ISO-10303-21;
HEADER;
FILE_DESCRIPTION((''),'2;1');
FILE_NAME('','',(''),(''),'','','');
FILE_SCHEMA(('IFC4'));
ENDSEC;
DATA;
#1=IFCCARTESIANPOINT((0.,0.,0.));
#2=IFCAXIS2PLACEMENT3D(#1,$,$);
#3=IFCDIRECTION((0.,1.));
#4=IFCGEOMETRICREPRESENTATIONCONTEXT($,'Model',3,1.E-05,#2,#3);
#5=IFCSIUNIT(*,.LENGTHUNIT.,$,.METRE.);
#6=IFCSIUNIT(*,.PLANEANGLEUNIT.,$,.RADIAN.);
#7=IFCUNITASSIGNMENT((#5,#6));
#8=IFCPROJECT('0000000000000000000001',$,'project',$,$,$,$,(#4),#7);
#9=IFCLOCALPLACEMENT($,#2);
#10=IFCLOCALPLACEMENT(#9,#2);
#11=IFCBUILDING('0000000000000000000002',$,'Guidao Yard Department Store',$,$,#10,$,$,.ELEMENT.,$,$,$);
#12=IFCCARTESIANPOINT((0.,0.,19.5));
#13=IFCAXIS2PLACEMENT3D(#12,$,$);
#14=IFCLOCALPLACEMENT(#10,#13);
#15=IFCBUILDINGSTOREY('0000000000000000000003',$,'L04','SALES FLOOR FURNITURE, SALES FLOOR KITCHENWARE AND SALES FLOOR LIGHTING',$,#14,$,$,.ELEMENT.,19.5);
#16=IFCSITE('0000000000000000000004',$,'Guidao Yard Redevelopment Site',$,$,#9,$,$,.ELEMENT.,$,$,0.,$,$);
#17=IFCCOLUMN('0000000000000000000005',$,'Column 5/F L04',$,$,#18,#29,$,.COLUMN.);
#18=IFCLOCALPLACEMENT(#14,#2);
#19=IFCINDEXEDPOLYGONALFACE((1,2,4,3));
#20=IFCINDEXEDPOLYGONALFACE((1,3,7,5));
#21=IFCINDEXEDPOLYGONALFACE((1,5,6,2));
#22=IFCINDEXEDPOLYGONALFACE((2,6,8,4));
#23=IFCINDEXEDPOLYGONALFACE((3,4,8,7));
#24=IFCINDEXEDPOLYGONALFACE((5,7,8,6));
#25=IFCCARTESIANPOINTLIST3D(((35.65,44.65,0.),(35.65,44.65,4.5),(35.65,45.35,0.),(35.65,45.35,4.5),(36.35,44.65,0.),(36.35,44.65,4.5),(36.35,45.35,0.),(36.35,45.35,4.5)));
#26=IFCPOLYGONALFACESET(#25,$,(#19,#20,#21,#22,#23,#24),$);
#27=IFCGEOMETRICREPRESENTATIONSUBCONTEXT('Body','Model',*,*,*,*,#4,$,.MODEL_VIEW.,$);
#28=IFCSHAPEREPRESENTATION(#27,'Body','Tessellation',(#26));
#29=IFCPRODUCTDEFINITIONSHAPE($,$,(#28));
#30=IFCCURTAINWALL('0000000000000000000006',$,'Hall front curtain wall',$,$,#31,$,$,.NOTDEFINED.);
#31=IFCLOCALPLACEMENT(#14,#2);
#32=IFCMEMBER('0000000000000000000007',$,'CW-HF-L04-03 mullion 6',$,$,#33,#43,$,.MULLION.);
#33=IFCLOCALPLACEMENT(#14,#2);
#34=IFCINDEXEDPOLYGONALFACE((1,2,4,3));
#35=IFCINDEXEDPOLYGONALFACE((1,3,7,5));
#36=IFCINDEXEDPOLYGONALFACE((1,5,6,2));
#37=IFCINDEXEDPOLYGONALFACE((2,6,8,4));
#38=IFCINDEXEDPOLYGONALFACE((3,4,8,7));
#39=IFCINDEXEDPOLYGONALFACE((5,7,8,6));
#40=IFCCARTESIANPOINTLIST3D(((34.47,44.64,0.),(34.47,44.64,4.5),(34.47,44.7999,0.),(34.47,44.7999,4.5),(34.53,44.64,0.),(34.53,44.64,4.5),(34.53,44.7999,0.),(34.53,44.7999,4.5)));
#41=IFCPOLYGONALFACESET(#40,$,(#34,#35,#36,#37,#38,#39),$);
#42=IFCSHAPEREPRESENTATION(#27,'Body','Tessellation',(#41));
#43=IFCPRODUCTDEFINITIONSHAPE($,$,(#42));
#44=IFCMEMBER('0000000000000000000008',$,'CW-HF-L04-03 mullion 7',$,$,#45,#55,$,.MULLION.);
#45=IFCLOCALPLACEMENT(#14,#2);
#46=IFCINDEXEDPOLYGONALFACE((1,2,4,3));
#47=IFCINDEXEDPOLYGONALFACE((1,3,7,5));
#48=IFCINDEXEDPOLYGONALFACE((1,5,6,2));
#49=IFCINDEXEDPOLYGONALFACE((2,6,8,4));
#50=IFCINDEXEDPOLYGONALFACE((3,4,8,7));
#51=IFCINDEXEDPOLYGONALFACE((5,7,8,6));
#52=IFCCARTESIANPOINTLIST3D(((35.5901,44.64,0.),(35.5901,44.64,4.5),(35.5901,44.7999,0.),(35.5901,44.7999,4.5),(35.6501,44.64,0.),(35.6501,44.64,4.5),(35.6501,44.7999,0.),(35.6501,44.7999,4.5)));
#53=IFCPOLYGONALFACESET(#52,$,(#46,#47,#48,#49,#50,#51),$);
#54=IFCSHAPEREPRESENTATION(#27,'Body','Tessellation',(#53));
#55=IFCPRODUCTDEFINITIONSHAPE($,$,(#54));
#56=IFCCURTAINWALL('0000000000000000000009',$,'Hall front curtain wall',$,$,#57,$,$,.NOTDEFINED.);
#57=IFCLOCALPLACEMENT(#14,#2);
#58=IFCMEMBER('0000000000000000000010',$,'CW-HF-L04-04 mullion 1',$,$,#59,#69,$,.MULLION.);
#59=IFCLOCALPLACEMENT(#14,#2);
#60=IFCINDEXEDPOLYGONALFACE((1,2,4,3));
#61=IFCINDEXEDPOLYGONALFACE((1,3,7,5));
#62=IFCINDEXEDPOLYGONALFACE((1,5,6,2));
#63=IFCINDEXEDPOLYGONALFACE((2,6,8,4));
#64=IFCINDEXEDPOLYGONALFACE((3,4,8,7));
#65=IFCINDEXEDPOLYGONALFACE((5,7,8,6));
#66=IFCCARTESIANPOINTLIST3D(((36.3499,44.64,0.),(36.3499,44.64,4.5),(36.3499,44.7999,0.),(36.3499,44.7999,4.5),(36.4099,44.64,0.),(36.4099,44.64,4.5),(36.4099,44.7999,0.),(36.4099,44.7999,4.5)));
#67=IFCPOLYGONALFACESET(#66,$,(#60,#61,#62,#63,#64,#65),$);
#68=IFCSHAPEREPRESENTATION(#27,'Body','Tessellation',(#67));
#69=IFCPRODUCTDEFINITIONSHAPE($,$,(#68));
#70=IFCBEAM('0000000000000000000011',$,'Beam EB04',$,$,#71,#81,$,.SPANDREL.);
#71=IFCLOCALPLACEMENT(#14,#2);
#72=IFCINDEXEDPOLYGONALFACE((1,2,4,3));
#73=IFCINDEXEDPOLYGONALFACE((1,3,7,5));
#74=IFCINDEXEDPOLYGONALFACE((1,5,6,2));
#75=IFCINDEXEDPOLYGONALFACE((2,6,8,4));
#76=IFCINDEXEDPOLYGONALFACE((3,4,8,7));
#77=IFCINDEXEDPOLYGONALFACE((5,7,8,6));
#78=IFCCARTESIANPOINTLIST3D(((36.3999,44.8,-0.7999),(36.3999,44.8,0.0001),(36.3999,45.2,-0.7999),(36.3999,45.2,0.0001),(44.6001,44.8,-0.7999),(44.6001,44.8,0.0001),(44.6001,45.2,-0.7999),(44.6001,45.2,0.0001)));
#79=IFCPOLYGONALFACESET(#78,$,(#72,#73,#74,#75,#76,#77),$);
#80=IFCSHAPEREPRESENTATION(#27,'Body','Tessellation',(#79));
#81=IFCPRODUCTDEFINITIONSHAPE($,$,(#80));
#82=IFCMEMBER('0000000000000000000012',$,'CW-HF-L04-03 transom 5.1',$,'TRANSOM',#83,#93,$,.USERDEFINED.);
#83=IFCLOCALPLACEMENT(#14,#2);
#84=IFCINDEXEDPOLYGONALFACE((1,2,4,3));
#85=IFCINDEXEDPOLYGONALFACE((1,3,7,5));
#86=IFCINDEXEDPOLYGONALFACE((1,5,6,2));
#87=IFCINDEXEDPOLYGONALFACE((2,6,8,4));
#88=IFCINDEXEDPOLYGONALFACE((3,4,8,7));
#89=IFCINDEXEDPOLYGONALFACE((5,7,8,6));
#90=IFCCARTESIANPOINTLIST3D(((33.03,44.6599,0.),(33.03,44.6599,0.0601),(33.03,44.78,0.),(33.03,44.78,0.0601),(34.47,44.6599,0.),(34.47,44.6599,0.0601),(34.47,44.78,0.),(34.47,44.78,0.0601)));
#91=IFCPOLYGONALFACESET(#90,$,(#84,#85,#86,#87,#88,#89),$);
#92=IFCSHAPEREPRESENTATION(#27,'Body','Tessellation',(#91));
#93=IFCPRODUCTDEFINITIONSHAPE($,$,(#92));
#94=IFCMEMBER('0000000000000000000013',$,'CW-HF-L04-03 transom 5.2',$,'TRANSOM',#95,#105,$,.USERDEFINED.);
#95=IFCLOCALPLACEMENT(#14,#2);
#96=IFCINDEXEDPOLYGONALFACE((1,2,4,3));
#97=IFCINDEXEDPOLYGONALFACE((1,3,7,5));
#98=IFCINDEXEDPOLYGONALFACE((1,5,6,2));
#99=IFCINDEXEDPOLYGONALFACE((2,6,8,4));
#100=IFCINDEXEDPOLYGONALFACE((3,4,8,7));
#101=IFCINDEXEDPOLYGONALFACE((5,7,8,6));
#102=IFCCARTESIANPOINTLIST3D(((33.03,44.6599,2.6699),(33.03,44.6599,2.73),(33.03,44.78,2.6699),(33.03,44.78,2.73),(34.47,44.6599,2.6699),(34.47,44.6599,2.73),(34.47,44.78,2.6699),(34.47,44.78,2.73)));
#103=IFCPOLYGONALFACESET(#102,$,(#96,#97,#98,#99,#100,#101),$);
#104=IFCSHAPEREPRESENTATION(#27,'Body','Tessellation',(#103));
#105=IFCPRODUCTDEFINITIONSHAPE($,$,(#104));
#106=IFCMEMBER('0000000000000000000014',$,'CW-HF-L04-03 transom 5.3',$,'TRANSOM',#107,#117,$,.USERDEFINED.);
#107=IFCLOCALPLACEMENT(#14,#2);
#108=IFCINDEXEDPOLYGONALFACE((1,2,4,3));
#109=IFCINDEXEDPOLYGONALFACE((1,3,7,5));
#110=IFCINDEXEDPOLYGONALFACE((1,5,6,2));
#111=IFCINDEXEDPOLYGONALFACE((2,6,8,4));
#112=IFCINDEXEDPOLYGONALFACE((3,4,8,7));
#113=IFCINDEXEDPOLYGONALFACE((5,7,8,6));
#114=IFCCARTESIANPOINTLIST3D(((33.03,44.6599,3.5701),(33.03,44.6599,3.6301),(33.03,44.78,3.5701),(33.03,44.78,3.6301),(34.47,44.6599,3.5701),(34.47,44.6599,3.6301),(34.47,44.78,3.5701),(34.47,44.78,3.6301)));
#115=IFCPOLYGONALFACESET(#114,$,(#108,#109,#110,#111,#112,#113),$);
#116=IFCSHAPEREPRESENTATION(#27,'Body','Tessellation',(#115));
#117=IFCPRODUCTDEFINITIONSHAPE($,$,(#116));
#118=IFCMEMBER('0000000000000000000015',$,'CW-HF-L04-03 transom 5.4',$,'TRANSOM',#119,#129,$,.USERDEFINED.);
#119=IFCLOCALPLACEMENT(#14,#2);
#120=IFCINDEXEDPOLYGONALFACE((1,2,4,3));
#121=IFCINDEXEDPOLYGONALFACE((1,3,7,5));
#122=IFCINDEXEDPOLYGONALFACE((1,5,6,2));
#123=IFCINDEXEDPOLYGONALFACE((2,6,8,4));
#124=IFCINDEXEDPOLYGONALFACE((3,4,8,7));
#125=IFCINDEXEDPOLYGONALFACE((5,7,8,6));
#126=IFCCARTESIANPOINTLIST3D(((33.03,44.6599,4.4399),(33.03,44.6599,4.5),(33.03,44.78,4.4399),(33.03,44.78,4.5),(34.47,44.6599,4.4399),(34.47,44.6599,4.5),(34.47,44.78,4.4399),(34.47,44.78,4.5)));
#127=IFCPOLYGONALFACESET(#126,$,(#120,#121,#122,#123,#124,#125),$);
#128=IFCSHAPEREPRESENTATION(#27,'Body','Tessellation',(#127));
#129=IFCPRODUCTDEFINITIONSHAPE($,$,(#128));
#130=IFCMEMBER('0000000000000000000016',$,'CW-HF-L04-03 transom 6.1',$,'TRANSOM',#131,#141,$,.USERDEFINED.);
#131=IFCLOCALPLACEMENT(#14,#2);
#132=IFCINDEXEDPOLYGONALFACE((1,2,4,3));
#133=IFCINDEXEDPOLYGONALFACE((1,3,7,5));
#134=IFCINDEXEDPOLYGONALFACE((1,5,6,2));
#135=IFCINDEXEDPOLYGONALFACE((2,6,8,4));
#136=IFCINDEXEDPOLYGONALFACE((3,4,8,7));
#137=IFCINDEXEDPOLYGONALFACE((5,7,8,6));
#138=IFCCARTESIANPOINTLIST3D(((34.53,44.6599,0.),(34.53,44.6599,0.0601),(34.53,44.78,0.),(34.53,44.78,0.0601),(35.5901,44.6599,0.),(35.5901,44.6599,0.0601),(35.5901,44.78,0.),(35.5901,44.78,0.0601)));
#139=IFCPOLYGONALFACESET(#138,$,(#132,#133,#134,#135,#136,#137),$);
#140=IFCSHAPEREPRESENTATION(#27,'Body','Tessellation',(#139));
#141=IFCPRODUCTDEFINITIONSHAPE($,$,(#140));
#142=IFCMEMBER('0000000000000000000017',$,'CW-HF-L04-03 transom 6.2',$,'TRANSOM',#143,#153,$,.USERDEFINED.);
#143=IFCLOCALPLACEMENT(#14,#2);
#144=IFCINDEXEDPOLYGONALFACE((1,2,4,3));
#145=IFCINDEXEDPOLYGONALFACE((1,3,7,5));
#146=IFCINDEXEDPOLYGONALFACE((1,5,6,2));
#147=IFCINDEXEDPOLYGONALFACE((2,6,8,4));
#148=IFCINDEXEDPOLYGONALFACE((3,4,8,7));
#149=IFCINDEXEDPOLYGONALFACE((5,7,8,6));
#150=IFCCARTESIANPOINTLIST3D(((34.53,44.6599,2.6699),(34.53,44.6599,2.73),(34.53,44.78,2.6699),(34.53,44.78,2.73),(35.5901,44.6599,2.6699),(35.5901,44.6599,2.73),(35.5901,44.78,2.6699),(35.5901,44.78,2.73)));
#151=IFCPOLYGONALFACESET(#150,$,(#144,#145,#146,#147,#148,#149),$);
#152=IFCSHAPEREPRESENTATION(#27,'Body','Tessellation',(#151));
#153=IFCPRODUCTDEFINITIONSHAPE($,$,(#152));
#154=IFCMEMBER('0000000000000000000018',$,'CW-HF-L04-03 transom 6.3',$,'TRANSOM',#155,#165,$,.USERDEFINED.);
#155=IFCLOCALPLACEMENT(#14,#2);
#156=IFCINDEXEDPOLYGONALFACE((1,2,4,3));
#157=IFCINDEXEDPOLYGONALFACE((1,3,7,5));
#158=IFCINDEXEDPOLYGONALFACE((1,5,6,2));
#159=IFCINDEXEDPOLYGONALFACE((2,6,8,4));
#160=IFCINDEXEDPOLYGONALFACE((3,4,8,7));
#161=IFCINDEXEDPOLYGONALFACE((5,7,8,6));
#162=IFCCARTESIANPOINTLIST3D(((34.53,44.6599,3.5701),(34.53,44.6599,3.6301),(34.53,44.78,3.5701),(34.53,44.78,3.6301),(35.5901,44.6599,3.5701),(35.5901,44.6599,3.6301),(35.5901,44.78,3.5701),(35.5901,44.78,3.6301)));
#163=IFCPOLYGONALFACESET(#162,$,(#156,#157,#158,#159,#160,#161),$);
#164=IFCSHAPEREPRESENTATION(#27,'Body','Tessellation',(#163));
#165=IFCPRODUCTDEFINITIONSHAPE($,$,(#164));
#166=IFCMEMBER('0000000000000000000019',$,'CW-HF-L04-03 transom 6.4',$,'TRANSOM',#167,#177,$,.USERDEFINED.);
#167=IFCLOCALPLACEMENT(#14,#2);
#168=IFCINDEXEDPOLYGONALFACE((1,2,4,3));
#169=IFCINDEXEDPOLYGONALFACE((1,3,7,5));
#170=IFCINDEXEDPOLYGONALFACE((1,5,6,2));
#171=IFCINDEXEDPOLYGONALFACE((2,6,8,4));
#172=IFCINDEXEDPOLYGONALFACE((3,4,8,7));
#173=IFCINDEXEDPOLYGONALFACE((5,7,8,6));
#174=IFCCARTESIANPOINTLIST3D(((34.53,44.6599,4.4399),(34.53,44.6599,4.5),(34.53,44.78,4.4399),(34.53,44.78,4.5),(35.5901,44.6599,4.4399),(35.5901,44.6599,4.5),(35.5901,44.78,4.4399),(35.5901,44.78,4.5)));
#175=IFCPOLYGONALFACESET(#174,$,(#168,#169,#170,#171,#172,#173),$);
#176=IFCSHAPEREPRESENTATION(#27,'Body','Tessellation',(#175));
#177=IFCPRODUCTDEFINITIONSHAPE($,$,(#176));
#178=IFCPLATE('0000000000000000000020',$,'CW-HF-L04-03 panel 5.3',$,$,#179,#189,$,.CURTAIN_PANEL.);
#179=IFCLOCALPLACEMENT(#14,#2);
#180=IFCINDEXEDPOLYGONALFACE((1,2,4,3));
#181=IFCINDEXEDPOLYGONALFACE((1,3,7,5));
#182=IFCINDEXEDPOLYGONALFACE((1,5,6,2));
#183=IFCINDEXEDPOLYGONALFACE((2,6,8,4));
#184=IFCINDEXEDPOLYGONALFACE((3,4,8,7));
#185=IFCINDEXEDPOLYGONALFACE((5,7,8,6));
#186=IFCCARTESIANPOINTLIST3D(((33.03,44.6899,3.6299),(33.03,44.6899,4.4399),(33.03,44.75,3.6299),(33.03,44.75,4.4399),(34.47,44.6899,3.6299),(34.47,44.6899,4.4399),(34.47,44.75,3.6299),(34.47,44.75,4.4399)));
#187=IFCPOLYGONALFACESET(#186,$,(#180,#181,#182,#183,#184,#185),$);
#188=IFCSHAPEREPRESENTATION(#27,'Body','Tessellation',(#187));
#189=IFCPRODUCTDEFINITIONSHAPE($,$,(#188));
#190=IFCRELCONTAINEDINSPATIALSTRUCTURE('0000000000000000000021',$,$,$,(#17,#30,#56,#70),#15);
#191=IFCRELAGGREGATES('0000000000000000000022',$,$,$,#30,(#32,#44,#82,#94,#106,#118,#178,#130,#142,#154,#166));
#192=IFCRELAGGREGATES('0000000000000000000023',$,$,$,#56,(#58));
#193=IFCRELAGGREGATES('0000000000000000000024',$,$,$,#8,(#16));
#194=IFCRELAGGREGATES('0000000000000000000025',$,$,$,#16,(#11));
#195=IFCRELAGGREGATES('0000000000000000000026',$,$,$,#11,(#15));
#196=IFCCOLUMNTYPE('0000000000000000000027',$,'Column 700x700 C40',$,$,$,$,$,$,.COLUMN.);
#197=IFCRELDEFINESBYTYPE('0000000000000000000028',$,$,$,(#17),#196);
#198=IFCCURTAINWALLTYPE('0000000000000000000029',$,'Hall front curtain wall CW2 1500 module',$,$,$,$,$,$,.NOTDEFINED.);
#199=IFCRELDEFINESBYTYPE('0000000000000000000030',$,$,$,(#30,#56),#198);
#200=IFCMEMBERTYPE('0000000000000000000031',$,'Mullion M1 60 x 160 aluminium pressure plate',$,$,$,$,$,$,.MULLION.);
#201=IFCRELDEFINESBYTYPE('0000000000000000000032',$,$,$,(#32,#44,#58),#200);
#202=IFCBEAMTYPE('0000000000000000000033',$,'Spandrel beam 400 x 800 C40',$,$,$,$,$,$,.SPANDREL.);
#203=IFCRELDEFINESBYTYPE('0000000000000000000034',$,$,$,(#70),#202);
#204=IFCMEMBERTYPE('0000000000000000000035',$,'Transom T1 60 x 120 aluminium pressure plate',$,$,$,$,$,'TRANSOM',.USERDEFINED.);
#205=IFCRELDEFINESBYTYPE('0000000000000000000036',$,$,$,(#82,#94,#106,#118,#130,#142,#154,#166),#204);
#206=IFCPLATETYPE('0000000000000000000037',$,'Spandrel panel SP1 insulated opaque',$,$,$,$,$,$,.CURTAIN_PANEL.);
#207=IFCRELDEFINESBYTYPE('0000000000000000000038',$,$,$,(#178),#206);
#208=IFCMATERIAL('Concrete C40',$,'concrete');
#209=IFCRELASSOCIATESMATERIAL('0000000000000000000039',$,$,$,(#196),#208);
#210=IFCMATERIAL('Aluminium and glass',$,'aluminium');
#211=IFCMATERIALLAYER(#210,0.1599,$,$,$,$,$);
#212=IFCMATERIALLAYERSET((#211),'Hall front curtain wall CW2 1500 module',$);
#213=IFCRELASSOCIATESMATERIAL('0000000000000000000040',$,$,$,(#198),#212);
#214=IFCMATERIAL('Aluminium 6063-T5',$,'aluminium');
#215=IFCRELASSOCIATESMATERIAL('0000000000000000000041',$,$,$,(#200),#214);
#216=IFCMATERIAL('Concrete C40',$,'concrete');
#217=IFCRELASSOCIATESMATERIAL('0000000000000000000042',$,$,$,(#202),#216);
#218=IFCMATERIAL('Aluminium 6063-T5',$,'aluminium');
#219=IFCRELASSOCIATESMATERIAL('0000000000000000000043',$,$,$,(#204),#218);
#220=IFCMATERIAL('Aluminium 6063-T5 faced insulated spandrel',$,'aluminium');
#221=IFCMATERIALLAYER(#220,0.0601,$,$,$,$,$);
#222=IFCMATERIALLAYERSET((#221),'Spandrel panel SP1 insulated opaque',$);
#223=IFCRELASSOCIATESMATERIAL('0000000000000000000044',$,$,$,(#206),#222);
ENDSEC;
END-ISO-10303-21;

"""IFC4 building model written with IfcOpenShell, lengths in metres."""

from ifc_helpers import new_model, si_unit, direction, frame, origin, origin_2d, place, context, subcontext, project, spatial, rectangle, extrude, material, layer, layer_set, material_profile, profile_set, type_object, element, aggregate, save


model = new_model("IFC4")

# Units and contexts
model_context = context("Model", 3, precision=1e-05, world=origin(), true_north=direction((0.0, 1.0)))
body_context = subcontext(model_context, "Body", "Model", "MODEL_VIEW")
ifc_project = project(units=[si_unit("LENGTHUNIT", "METRE"), si_unit("PLANEANGLEUNIT", "RADIAN")], contexts=[model_context])

# Site, building, storey
site_placement = place(None, origin())
site = spatial("IfcSite", under=ifc_project, at=site_placement, Name="Guidao Yard Redevelopment Site", CompositionType="ELEMENT", RefElevation=0.0)
building_placement = place(site_placement, origin())
building = spatial("IfcBuilding", under=site, at=building_placement, Name="Guidao Yard Department Store", CompositionType="ELEMENT")
storey_placement = place(building_placement, frame((0.0, 0.0, 19.5)))
storey = spatial("IfcBuildingStorey", under=building, at=storey_placement, Name="L04", Description="SALES FLOOR FURNITURE, SALES FLOOR KITCHENWARE AND SALES FLOOR LIGHTING", CompositionType="ELEMENT", Elevation=19.5)

# Column
ifc_material_1 = material(Name="Concrete C40", Category="concrete")
ifc_material_profile_1 = material_profile(ifc_material_1, rectangle(XDim=0.7, YDim=0.7, at=origin_2d()), Name="COL 700x700")
ifc_profile_set_1 = profile_set([ifc_material_profile_1], Name="Concrete C40")
column_type = type_object("IfcColumnType", Name="Column 700x700 C40", PredefinedType="COLUMN", material=ifc_profile_set_1)
column_placement = place(storey_placement, frame((36.0, 45.0, 0.0), z_axis=(0.0, 0.0, 1.0), x_axis=(1.0, 0.0, 0.0)))
element("IfcColumn", 1, at=column_placement, inside=storey, type_object=column_type, Name="Column 5/F L04", PredefinedType="COLUMN", context=body_context, shape_type="SweptSolid", body=[
    extrude(rectangle(XDim=0.7, YDim=0.7, at=origin_2d()), origin(), (0.0, 0.0, 1.0), 4.5),
])

# Curtain wall, members
ifc_material_2 = material(Name="Aluminium and glass", Category="aluminium")
ifc_layer_1 = layer(ifc_material_2, 0.1599)
ifc_layer_set_1 = layer_set([ifc_layer_1], Name="Hall front curtain wall CW2 1500 module")
curtain_wall_type = type_object("IfcCurtainWallType", Name="Hall front curtain wall CW2 1500 module", PredefinedType="NOTDEFINED", material=ifc_layer_set_1)
curtain_wall_1_placement = place(storey_placement, origin())
curtain_wall_1 = element("IfcCurtainWall", 2, at=curtain_wall_1_placement, inside=storey, type_object=curtain_wall_type, Name="Hall front curtain wall", PredefinedType="NOTDEFINED")
ifc_material_3 = material(Name="Aluminium 6063-T5", Category="aluminium")
ifc_material_profile_2 = material_profile(ifc_material_3, rectangle(XDim=0.0601, YDim=0.1599, at=origin_2d()), Name="Mullion M1 60 x 160 aluminium pressure plate")
ifc_profile_set_2 = profile_set([ifc_material_profile_2], Name="Aluminium 6063-T5")
member_type_1 = type_object("IfcMemberType", Name="Mullion M1 60 x 160 aluminium pressure plate", PredefinedType="MULLION", material=ifc_profile_set_2)
member_1_placement = place(storey_placement, frame((34.5, 44.72, 0.0), z_axis=(0.0, 0.0, 1.0), x_axis=(-1.0, 0.0, 0.0)))
member_1 = element("IfcMember", 3, at=member_1_placement, type_object=member_type_1, Name="CW-HF-L04-03 mullion 6", PredefinedType="MULLION", context=body_context, shape_type="SweptSolid", body=[
    extrude(rectangle(XDim=0.0601, YDim=0.1599, at=origin_2d()), origin(), (0.0, 0.0, 1.0), 4.5),
])
member_2_placement = place(storey_placement, frame((35.6201, 44.72, 0.0), z_axis=(0.0, 0.0, 1.0), x_axis=(-1.0, 0.0, 0.0)))
member_2 = element("IfcMember", 4, at=member_2_placement, type_object=member_type_1, Name="CW-HF-L04-03 mullion 7", PredefinedType="MULLION", context=body_context, shape_type="SweptSolid", body=[
    extrude(rectangle(XDim=0.0601, YDim=0.1599, at=origin_2d()), origin(), (0.0, 0.0, 1.0), 4.5),
])

# Curtain wall, member
curtain_wall_2_placement = place(storey_placement, origin())
curtain_wall_2 = element("IfcCurtainWall", 5, at=curtain_wall_2_placement, inside=storey, type_object=curtain_wall_type, Name="Hall front curtain wall", PredefinedType="NOTDEFINED")
member_3_placement = place(storey_placement, frame((36.3799, 44.72, 0.0), z_axis=(0.0, 0.0, 1.0), x_axis=(-1.0, 0.0, 0.0)))
member_3 = element("IfcMember", 6, at=member_3_placement, type_object=member_type_1, Name="CW-HF-L04-04 mullion 1", PredefinedType="MULLION", context=body_context, shape_type="SweptSolid", body=[
    extrude(rectangle(XDim=0.0601, YDim=0.1599, at=origin_2d()), origin(), (0.0, 0.0, 1.0), 4.5),
])

# Beam
ifc_material_4 = material(Name="Concrete C40", Category="concrete")
ifc_material_profile_3 = material_profile(ifc_material_4, rectangle(XDim=0.3999, YDim=0.8, at=origin_2d()), Name="Spandrel beam 400 x 800 C40")
ifc_profile_set_3 = profile_set([ifc_material_profile_3], Name="Concrete C40")
beam_type = type_object("IfcBeamType", Name="Spandrel beam 400 x 800 C40", PredefinedType="SPANDREL", material=ifc_profile_set_3)
beam_placement = place(storey_placement, frame((36.3999, 45.0, -0.3999), z_axis=(1.0, 0.0, 0.0), x_axis=(0.0, 1.0, 0.0)))
element("IfcBeam", 7, at=beam_placement, inside=storey, type_object=beam_type, Name="Beam EB04", PredefinedType="SPANDREL", context=body_context, shape_type="SweptSolid", body=[
    extrude(rectangle(XDim=0.3999, YDim=0.8, at=origin_2d()), origin(), (0.0, 0.0, 1.0), 8.2002),
])

# Members
ifc_material_5 = material(Name="Aluminium 6063-T5", Category="aluminium")
ifc_material_profile_4 = material_profile(ifc_material_5, rectangle(XDim=0.1201, YDim=0.0601, at=origin_2d()), Name="Transom T1 60 x 120 aluminium pressure plate")
ifc_profile_set_4 = profile_set([ifc_material_profile_4], Name="Aluminium 6063-T5")
member_type_2 = type_object("IfcMemberType", Name="Transom T1 60 x 120 aluminium pressure plate", ElementType="TRANSOM", PredefinedType="USERDEFINED", material=ifc_profile_set_4)
member_4_placement = place(storey_placement, frame((34.47, 44.72, 0.03), z_axis=(-1.0, 0.0, 0.0), x_axis=(0.0, -1.0, 0.0)))
member_4 = element("IfcMember", 8, at=member_4_placement, type_object=member_type_2, Name="CW-HF-L04-03 transom 5.1", ObjectType="TRANSOM", PredefinedType="USERDEFINED", context=body_context, shape_type="SweptSolid", body=[
    extrude(rectangle(XDim=0.1201, YDim=0.0601, at=origin_2d()), origin(), (0.0, 0.0, 1.0), 1.4399),
])
member_5_placement = place(storey_placement, frame((34.47, 44.72, 2.7), z_axis=(-1.0, 0.0, 0.0), x_axis=(0.0, -1.0, 0.0)))
member_5 = element("IfcMember", 9, at=member_5_placement, type_object=member_type_2, Name="CW-HF-L04-03 transom 5.2", ObjectType="TRANSOM", PredefinedType="USERDEFINED", context=body_context, shape_type="SweptSolid", body=[
    extrude(rectangle(XDim=0.1201, YDim=0.0601, at=origin_2d()), origin(), (0.0, 0.0, 1.0), 1.4399),
])
member_6_placement = place(storey_placement, frame((34.47, 44.72, 3.6001), z_axis=(-1.0, 0.0, 0.0), x_axis=(0.0, -1.0, 0.0)))
member_6 = element("IfcMember", 10, at=member_6_placement, type_object=member_type_2, Name="CW-HF-L04-03 transom 5.3", ObjectType="TRANSOM", PredefinedType="USERDEFINED", context=body_context, shape_type="SweptSolid", body=[
    extrude(rectangle(XDim=0.1201, YDim=0.0601, at=origin_2d()), origin(), (0.0, 0.0, 1.0), 1.4399),
])
member_7_placement = place(storey_placement, frame((34.47, 44.72, 4.47), z_axis=(-1.0, 0.0, 0.0), x_axis=(0.0, -1.0, 0.0)))
member_7 = element("IfcMember", 11, at=member_7_placement, type_object=member_type_2, Name="CW-HF-L04-03 transom 5.4", ObjectType="TRANSOM", PredefinedType="USERDEFINED", context=body_context, shape_type="SweptSolid", body=[
    extrude(rectangle(XDim=0.1201, YDim=0.0601, at=origin_2d()), origin(), (0.0, 0.0, 1.0), 1.4399),
])
member_8_placement = place(storey_placement, frame((35.5901, 44.72, 0.03), z_axis=(-1.0, 0.0, 0.0), x_axis=(0.0, -1.0, 0.0)))
member_8 = element("IfcMember", 12, at=member_8_placement, type_object=member_type_2, Name="CW-HF-L04-03 transom 6.1", ObjectType="TRANSOM", PredefinedType="USERDEFINED", context=body_context, shape_type="SweptSolid", body=[
    extrude(rectangle(XDim=0.1201, YDim=0.0601, at=origin_2d()), origin(), (0.0, 0.0, 1.0), 1.0601),
])
member_9_placement = place(storey_placement, frame((35.5901, 44.72, 2.7), z_axis=(-1.0, 0.0, 0.0), x_axis=(0.0, -1.0, 0.0)))
member_9 = element("IfcMember", 13, at=member_9_placement, type_object=member_type_2, Name="CW-HF-L04-03 transom 6.2", ObjectType="TRANSOM", PredefinedType="USERDEFINED", context=body_context, shape_type="SweptSolid", body=[
    extrude(rectangle(XDim=0.1201, YDim=0.0601, at=origin_2d()), origin(), (0.0, 0.0, 1.0), 1.0601),
])
member_10_placement = place(storey_placement, frame((35.5901, 44.72, 3.6001), z_axis=(-1.0, 0.0, 0.0), x_axis=(0.0, -1.0, 0.0)))
member_10 = element("IfcMember", 14, at=member_10_placement, type_object=member_type_2, Name="CW-HF-L04-03 transom 6.3", ObjectType="TRANSOM", PredefinedType="USERDEFINED", context=body_context, shape_type="SweptSolid", body=[
    extrude(rectangle(XDim=0.1201, YDim=0.0601, at=origin_2d()), origin(), (0.0, 0.0, 1.0), 1.0601),
])
member_11_placement = place(storey_placement, frame((35.5901, 44.72, 4.47), z_axis=(-1.0, 0.0, 0.0), x_axis=(0.0, -1.0, 0.0)))
member_11 = element("IfcMember", 15, at=member_11_placement, type_object=member_type_2, Name="CW-HF-L04-03 transom 6.4", ObjectType="TRANSOM", PredefinedType="USERDEFINED", context=body_context, shape_type="SweptSolid", body=[
    extrude(rectangle(XDim=0.1201, YDim=0.0601, at=origin_2d()), origin(), (0.0, 0.0, 1.0), 1.0601),
])

# Plate
ifc_material_6 = material(Name="Aluminium 6063-T5 faced insulated spandrel", Category="aluminium")
ifc_layer_2 = layer(ifc_material_6, 0.0601)
ifc_layer_set_2 = layer_set([ifc_layer_2], Name="Spandrel panel SP1 insulated opaque")
plate_type_1 = type_object("IfcPlateType", Name="Spandrel panel SP1 insulated opaque", PredefinedType="CURTAIN_PANEL", material=ifc_layer_set_2)
plate_1_placement = place(storey_placement, frame((33.75, 44.72, 3.6299), z_axis=(0.0, 0.0, 1.0), x_axis=(-1.0, 0.0, 0.0)))
plate_1 = element("IfcPlate", 16, at=plate_1_placement, type_object=plate_type_1, Name="CW-HF-L04-03 panel 5.3", PredefinedType="CURTAIN_PANEL", context=body_context, shape_type="SweptSolid", body=[
    extrude(rectangle(XDim=1.4399, YDim=0.0601, at=origin_2d()), origin(), (0.0, 0.0, 1.0), 0.8101),
])
aggregate(curtain_wall_1, [member_1, member_2, member_4, member_5, member_6, member_7, plate_1, member_8, member_9, member_10, member_11])
aggregate(curtain_wall_2, [member_3])

save(model, "model.ifc")
